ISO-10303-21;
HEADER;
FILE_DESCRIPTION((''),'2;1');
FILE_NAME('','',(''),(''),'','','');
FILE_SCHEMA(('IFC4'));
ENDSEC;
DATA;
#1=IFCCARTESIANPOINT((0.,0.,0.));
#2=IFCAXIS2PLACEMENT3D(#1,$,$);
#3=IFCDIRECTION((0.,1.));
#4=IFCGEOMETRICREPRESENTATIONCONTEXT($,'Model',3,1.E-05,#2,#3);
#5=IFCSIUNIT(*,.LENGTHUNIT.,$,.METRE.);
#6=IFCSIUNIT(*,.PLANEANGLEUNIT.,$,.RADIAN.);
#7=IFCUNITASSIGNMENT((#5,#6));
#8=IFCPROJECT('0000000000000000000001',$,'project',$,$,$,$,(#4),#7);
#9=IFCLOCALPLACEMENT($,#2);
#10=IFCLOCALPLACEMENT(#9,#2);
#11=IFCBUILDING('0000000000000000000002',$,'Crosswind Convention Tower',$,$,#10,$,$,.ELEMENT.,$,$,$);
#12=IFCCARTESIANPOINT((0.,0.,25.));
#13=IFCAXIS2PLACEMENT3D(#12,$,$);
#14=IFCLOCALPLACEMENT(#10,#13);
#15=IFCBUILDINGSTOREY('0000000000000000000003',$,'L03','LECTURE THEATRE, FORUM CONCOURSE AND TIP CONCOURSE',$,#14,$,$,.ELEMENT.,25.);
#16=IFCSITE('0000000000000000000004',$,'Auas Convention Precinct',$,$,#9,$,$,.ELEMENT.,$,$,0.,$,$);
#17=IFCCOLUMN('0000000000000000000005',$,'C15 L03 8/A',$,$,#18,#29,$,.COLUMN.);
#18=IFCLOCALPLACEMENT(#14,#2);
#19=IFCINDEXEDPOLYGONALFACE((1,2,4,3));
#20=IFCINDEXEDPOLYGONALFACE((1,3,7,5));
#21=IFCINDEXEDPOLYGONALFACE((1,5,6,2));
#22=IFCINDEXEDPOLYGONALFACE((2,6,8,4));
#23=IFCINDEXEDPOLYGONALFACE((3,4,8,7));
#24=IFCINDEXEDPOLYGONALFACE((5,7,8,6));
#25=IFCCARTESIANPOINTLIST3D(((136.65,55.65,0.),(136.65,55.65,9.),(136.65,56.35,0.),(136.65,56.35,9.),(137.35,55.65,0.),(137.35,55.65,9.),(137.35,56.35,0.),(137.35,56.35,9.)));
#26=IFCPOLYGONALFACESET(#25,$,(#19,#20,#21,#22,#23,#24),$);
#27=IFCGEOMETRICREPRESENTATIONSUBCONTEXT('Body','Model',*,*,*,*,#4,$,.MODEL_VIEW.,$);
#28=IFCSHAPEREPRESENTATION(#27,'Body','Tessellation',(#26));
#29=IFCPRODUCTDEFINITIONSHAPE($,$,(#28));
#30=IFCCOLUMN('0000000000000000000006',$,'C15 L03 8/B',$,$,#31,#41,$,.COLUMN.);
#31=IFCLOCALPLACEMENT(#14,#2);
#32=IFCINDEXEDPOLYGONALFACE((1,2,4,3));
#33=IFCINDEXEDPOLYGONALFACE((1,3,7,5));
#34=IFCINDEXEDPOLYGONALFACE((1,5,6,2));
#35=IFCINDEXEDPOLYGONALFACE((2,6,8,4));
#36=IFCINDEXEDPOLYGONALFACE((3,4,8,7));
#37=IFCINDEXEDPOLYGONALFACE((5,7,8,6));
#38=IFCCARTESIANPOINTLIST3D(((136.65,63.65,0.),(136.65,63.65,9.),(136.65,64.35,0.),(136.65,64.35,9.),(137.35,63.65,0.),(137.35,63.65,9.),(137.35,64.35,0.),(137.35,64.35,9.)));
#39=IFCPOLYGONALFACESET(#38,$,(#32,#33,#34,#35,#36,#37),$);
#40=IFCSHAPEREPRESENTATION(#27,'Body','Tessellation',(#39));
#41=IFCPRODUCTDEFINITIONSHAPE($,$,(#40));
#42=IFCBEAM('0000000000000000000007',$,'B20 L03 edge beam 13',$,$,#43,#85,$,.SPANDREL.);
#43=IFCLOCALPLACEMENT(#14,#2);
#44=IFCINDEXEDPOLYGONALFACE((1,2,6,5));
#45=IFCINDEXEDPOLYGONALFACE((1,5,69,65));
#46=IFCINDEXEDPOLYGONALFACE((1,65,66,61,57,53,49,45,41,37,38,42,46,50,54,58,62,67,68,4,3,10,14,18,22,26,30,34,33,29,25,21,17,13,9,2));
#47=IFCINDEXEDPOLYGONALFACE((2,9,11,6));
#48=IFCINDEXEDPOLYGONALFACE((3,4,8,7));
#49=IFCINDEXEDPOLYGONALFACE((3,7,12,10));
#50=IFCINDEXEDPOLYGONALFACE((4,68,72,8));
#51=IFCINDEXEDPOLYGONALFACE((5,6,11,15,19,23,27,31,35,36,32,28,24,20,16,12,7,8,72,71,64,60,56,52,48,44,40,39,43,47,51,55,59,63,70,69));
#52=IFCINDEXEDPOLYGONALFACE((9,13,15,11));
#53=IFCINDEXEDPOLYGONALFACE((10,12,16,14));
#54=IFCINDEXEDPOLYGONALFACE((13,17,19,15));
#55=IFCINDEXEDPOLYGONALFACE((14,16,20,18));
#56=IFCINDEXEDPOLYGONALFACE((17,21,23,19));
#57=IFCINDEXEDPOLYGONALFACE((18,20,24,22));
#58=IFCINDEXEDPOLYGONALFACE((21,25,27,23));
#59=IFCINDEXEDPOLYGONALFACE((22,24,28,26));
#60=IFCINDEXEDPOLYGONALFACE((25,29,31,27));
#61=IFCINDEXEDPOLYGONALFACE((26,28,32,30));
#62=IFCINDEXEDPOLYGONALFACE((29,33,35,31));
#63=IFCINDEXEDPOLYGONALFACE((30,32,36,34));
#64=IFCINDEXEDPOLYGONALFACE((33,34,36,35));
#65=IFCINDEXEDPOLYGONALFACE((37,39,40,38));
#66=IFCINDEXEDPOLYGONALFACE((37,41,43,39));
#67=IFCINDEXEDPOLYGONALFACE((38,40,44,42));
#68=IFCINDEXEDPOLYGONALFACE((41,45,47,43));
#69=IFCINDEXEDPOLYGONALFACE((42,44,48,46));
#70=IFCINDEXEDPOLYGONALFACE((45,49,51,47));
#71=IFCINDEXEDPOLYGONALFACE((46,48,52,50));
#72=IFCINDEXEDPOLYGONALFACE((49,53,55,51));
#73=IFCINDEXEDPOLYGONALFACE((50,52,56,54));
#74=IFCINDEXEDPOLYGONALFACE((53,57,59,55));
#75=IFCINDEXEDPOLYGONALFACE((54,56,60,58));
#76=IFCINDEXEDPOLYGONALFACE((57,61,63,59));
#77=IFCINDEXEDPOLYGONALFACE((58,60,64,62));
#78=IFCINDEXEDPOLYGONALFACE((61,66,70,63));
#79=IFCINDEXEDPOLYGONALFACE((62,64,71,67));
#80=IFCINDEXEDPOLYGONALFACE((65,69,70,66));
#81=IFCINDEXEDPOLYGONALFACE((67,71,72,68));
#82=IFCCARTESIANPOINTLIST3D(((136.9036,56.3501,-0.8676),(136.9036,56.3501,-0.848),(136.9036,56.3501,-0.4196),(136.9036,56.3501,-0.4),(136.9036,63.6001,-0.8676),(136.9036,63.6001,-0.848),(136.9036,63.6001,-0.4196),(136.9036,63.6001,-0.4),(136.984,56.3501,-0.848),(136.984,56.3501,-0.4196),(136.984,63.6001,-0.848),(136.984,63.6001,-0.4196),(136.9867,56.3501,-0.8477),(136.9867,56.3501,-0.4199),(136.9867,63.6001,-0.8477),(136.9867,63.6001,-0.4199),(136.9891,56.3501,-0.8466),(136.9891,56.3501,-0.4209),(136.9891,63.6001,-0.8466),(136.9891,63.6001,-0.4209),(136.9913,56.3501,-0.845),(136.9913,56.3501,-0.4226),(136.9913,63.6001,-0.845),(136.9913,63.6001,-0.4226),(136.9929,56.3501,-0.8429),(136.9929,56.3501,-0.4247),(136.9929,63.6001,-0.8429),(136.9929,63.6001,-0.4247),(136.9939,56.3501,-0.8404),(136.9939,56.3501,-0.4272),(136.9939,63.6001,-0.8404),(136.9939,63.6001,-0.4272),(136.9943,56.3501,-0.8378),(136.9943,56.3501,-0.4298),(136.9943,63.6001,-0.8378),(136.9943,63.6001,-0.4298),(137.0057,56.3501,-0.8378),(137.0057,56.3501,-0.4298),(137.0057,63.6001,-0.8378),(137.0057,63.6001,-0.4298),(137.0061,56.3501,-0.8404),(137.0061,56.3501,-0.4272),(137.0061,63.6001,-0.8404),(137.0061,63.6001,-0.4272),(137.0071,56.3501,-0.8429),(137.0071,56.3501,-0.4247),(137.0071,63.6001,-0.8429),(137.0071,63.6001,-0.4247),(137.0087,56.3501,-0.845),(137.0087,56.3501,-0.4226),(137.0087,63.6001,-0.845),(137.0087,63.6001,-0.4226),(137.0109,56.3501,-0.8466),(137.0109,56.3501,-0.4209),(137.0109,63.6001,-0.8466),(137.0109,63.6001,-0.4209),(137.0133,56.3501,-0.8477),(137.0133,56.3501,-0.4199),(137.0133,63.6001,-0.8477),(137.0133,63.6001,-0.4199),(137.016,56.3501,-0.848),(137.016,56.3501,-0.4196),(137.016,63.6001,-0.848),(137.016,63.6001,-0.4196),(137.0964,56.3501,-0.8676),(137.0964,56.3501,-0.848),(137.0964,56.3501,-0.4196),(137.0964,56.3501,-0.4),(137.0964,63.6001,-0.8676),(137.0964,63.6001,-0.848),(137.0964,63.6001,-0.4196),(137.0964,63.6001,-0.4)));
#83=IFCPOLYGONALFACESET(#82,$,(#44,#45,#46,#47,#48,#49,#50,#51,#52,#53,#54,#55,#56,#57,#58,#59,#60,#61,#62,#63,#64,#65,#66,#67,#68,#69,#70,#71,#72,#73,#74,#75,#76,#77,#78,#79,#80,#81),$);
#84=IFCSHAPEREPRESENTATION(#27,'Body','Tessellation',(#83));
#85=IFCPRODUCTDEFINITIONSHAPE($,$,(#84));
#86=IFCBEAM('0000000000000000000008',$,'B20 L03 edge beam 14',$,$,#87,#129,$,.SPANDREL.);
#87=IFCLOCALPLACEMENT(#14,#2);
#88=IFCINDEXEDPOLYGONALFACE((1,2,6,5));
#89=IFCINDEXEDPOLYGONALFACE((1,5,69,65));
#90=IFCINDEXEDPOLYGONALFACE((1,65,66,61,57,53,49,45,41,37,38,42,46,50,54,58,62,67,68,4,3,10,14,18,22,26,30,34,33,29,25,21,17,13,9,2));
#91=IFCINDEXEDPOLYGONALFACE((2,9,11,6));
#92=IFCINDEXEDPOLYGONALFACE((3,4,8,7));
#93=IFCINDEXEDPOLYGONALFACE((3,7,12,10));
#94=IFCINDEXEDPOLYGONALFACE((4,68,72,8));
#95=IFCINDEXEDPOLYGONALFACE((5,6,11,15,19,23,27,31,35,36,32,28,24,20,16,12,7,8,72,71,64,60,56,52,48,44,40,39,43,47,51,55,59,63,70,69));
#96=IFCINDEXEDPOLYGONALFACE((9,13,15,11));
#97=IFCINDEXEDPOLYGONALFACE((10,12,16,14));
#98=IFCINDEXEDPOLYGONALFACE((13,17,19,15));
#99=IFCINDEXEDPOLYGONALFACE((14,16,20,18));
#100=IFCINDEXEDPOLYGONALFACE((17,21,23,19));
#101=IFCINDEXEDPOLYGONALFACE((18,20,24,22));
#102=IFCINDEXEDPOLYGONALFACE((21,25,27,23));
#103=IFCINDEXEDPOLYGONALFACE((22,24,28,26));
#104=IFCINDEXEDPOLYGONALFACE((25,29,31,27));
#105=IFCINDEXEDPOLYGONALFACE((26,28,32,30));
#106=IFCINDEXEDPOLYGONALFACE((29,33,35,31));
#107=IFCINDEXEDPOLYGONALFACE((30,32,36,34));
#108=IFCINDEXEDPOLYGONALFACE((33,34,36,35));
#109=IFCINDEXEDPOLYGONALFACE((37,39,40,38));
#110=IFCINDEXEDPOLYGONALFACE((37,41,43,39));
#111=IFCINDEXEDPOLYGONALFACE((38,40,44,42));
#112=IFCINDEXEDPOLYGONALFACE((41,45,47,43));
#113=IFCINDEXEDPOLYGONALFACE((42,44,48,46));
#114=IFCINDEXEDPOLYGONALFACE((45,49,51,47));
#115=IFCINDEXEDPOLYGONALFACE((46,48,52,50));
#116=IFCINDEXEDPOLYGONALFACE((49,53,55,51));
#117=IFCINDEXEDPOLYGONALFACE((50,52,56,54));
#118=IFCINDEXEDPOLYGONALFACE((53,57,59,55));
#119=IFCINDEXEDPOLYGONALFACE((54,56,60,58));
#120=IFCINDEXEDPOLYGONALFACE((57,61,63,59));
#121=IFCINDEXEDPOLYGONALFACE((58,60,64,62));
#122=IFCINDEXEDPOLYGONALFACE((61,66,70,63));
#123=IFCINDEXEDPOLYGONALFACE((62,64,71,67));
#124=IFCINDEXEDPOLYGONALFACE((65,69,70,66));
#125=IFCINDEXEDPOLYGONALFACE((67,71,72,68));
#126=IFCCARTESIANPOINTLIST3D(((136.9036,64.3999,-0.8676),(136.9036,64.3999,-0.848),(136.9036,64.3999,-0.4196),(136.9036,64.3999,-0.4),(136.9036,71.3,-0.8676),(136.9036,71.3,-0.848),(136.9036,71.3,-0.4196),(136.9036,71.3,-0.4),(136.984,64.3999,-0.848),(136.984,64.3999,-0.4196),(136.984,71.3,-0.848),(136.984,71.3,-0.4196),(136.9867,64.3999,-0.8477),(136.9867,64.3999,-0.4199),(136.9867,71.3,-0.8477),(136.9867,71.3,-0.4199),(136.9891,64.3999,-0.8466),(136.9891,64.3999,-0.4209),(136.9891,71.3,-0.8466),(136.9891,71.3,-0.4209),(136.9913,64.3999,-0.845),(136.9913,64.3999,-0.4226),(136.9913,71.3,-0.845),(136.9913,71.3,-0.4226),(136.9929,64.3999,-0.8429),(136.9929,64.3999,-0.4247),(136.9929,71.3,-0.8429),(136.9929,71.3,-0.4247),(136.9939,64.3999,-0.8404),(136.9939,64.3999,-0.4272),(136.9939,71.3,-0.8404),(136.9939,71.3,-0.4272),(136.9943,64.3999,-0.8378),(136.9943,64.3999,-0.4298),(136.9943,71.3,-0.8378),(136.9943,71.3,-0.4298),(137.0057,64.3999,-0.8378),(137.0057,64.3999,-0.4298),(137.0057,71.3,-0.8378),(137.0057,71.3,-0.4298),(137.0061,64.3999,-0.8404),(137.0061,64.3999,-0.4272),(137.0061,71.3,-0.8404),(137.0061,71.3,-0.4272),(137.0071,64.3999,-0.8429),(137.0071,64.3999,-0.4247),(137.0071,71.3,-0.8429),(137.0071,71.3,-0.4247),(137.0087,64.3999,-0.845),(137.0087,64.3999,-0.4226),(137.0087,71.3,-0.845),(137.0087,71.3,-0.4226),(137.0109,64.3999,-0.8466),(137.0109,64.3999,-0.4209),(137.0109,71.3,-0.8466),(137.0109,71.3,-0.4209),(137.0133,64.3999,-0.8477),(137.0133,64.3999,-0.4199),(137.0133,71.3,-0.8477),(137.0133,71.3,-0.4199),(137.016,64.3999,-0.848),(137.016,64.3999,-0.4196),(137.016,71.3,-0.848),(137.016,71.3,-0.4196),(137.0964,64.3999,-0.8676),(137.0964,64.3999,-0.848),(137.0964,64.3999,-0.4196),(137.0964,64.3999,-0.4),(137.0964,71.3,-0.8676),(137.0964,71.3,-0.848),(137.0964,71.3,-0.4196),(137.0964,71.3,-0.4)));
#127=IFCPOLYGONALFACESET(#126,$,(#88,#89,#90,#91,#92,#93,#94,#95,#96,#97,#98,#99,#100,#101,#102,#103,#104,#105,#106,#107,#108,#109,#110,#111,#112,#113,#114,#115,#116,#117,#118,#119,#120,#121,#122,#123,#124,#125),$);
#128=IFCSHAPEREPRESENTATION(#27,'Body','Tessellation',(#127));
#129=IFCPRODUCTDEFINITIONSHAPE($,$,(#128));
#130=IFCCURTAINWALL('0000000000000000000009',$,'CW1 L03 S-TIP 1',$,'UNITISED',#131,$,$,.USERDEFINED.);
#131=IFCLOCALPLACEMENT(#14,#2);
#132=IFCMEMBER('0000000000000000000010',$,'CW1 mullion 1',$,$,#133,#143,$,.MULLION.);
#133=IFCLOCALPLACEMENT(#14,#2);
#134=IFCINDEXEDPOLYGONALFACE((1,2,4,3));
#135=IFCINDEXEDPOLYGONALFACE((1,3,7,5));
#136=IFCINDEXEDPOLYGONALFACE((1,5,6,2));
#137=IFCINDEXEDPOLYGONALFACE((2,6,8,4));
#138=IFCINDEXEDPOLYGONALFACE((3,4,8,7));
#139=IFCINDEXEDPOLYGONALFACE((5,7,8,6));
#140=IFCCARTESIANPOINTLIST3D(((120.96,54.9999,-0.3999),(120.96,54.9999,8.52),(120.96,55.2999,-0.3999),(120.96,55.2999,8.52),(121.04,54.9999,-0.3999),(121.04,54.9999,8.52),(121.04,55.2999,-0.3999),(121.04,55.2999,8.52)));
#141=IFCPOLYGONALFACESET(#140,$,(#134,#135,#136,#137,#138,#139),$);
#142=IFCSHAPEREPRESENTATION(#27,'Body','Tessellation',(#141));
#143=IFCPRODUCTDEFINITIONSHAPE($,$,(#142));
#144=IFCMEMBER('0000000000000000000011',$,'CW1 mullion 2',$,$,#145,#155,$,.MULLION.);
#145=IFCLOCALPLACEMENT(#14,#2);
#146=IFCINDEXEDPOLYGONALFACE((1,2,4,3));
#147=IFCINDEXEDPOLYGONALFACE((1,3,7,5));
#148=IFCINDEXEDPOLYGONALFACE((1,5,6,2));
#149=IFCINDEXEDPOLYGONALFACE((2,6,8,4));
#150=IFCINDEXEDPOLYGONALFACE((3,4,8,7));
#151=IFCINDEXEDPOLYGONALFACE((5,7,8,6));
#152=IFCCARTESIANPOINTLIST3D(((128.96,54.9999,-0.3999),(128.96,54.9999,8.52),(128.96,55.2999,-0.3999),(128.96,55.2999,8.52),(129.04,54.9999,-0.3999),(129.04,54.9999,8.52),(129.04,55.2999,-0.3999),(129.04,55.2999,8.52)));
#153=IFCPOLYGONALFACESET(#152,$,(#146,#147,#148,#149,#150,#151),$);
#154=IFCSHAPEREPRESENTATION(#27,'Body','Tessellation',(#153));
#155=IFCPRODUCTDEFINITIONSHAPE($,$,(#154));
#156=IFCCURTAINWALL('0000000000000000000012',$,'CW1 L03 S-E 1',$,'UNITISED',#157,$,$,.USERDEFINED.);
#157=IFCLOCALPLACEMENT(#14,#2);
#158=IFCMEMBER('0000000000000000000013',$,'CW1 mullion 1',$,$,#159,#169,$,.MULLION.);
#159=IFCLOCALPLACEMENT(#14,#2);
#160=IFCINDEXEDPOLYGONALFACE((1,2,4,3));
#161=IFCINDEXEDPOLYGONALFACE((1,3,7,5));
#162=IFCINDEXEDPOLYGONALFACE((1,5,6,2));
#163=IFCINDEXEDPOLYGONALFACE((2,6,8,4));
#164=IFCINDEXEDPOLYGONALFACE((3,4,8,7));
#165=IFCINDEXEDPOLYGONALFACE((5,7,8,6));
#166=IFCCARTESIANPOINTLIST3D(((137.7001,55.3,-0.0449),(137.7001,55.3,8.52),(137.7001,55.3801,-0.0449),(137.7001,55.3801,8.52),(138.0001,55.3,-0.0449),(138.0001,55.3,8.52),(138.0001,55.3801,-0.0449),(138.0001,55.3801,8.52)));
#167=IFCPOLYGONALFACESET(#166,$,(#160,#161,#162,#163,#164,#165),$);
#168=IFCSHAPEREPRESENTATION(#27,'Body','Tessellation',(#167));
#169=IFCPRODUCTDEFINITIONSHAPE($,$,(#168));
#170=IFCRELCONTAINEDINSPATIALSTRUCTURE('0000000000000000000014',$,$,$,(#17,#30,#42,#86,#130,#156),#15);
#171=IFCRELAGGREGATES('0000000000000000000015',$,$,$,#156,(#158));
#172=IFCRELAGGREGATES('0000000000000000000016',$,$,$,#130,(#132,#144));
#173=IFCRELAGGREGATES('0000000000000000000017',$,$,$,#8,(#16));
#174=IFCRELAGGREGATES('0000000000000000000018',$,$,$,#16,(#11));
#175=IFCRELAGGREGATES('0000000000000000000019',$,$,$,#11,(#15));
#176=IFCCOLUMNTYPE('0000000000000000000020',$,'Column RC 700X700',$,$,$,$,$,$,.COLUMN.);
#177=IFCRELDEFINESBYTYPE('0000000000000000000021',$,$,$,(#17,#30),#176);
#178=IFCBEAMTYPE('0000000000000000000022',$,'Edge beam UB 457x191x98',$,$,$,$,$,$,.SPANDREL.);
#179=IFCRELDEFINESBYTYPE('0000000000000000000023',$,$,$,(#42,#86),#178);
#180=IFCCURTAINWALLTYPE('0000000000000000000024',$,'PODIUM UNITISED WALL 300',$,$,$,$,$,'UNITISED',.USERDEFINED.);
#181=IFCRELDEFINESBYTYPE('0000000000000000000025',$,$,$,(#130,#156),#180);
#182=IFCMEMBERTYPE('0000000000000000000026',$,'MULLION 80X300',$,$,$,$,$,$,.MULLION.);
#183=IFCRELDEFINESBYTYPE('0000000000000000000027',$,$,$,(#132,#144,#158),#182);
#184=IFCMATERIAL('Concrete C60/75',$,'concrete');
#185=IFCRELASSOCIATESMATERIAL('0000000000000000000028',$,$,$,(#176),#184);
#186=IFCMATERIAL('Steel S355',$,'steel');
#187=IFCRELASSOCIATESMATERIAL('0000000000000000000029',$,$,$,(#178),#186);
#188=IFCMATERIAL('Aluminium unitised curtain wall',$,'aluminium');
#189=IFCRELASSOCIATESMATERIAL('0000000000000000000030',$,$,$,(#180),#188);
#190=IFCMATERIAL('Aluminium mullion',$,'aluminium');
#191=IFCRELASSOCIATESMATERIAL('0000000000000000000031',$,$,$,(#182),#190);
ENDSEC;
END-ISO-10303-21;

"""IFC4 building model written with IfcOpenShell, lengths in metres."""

from ifc_helpers import new_model, si_unit, direction, frame, origin, origin_2d, place, context, subcontext, project, spatial, rectangle, i_section, extrude, material, material_profile, profile_set, type_object, element, aggregate, save


model = new_model("IFC4")

# Units and contexts
model_context = context("Model", 3, precision=1e-05, world=origin(), true_north=direction((0.0, 1.0)))
body_context = subcontext(model_context, "Body", "Model", "MODEL_VIEW")
ifc_project = project(units=[si_unit("LENGTHUNIT", "METRE"), si_unit("PLANEANGLEUNIT", "RADIAN")], contexts=[model_context])

# Site, building, storey
site_placement = place(None, origin())
site = spatial("IfcSite", under=ifc_project, at=site_placement, Name="Auas Convention Precinct", CompositionType="ELEMENT", RefElevation=0.0)
building_placement = place(site_placement, origin())
building = spatial("IfcBuilding", under=site, at=building_placement, Name="Crosswind Convention Tower", CompositionType="ELEMENT")
storey_placement = place(building_placement, frame((0.0, 0.0, 25.0)))
storey = spatial("IfcBuildingStorey", under=building, at=storey_placement, Name="L03", Description="LECTURE THEATRE, FORUM CONCOURSE AND TIP CONCOURSE", CompositionType="ELEMENT", Elevation=25.0)

# Columns
ifc_material_1 = material(Name="Concrete C60/75", Category="concrete")
ifc_material_profile_1 = material_profile(ifc_material_1, rectangle(XDim=0.7, YDim=0.7, at=origin_2d()), Name="RC 700X700")
ifc_profile_set_1 = profile_set([ifc_material_profile_1], Name="Concrete C60/75")
column_type = type_object("IfcColumnType", Name="Column RC 700X700", PredefinedType="COLUMN", material=ifc_profile_set_1)
for number, where, z_axis, x_axis, name in (
    (1, (137.0, 56.0, 0.0), (0.0, 0.0, 1.0), (1.0, 0.0, 0.0), "C15 L03 8/A"),
    (2, (137.0, 64.0, 0.0), (0.0, 0.0, 1.0), (1.0, 0.0, 0.0), "C15 L03 8/B"),
):
    element("IfcColumn", number, at=place(storey_placement, frame(where, z_axis=z_axis, x_axis=x_axis)), inside=storey, type_object=column_type, Name=name, PredefinedType="COLUMN", context=body_context, shape_type="SweptSolid", body=[
        extrude(rectangle(XDim=0.7, YDim=0.7, at=origin_2d()), origin(), (0.0, 0.0, 1.0), 9.0),
    ])

# Beams
ifc_material_2 = material(Name="Steel S355", Category="steel")
ifc_material_profile_2 = material_profile(ifc_material_2, i_section(OverallWidth=0.1929, OverallDepth=0.4675, WebThickness=0.0115, FlangeThickness=0.0195, FilletRadius=0.0103, at=origin_2d()), Name="UB 457x191x98")
ifc_profile_set_2 = profile_set([ifc_material_profile_2], Name="Steel S355")
beam_type_1 = type_object("IfcBeamType", Name="Edge beam UB 457x191x98", PredefinedType="SPANDREL", material=ifc_profile_set_2)
beam_1_placement = place(storey_placement, frame((137.0, 56.3501, -0.6338), z_axis=(0.0, 1.0, 0.0), x_axis=(-1.0, 0.0, 0.0)))
element("IfcBeam", 3, at=beam_1_placement, inside=storey, type_object=beam_type_1, Name="B20 L03 edge beam 13", PredefinedType="SPANDREL", context=body_context, shape_type="SweptSolid", body=[
    extrude(i_section(OverallWidth=0.1929, OverallDepth=0.4675, WebThickness=0.0115, FlangeThickness=0.0195, FilletRadius=0.0103, at=origin_2d()), origin(), (0.0, 0.0, 1.0), 7.25),
])
beam_2_placement = place(storey_placement, frame((137.0, 64.3999, -0.6338), z_axis=(0.0, 1.0, 0.0), x_axis=(-1.0, 0.0, 0.0)))
element("IfcBeam", 4, at=beam_2_placement, inside=storey, type_object=beam_type_1, Name="B20 L03 edge beam 14", PredefinedType="SPANDREL", context=body_context, shape_type="SweptSolid", body=[
    extrude(i_section(OverallWidth=0.1929, OverallDepth=0.4675, WebThickness=0.0115, FlangeThickness=0.0195, FilletRadius=0.0103, at=origin_2d()), origin(), (0.0, 0.0, 1.0), 6.9001),
])

# Curtain wall, members
ifc_material_3 = material(Name="Aluminium unitised curtain wall", Category="aluminium")
curtain_wall_type = type_object("IfcCurtainWallType", Name="PODIUM UNITISED WALL 300", ElementType="UNITISED", PredefinedType="USERDEFINED", material=ifc_material_3)
curtain_wall_1_placement = place(storey_placement, origin())
curtain_wall_1 = element("IfcCurtainWall", 5, at=curtain_wall_1_placement, inside=storey, type_object=curtain_wall_type, Name="CW1 L03 S-TIP 1", ObjectType="UNITISED", PredefinedType="USERDEFINED")
ifc_material_4 = material(Name="Aluminium mullion", Category="aluminium")
ifc_material_profile_3 = material_profile(ifc_material_4, rectangle(XDim=0.3, YDim=0.0801, at=origin_2d()), Name="AL 300X80")
ifc_profile_set_3 = profile_set([ifc_material_profile_3], Name="Aluminium mullion")
member_type_1 = type_object("IfcMemberType", Name="MULLION 80X300", PredefinedType="MULLION", material=ifc_profile_set_3)
member_1_placement = place(storey_placement, frame((121.0, 55.1499, -0.3999), z_axis=(0.0, 0.0, 1.0), x_axis=(0.0, -1.0, 0.0)))
member_1 = element("IfcMember", 6, at=member_1_placement, type_object=member_type_1, Name="CW1 mullion 1", PredefinedType="MULLION", context=body_context, shape_type="SweptSolid", body=[
    extrude(rectangle(XDim=0.3, YDim=0.0801, at=origin_2d()), origin(), (0.0, 0.0, 1.0), 8.9199),
])
member_2_placement = place(storey_placement, frame((129.0, 55.1499, -0.3999), z_axis=(0.0, 0.0, 1.0), x_axis=(0.0, -1.0, 0.0)))
member_2 = element("IfcMember", 7, at=member_2_placement, type_object=member_type_1, Name="CW1 mullion 2", PredefinedType="MULLION", context=body_context, shape_type="SweptSolid", body=[
    extrude(rectangle(XDim=0.3, YDim=0.0801, at=origin_2d()), origin(), (0.0, 0.0, 1.0), 8.9199),
])

# Curtain wall, member
curtain_wall_2_placement = place(storey_placement, origin())
curtain_wall_2 = element("IfcCurtainWall", 8, at=curtain_wall_2_placement, inside=storey, type_object=curtain_wall_type, Name="CW1 L03 S-E 1", ObjectType="UNITISED", PredefinedType="USERDEFINED")
member_3_placement = place(storey_placement, frame((137.8501, 55.3401, -0.0449), z_axis=(0.0, 0.0, 1.0), x_axis=(1.0, 0.0, 0.0)))
member_3 = element("IfcMember", 9, at=member_3_placement, type_object=member_type_1, Name="CW1 mullion 1", PredefinedType="MULLION", context=body_context, shape_type="SweptSolid", body=[
    extrude(rectangle(XDim=0.3, YDim=0.0801, at=origin_2d()), origin(), (0.0, 0.0, 1.0), 8.5649),
])

aggregate(curtain_wall_2, [member_3])

aggregate(curtain_wall_1, [member_1, member_2])

save(model, "model.ifc")
